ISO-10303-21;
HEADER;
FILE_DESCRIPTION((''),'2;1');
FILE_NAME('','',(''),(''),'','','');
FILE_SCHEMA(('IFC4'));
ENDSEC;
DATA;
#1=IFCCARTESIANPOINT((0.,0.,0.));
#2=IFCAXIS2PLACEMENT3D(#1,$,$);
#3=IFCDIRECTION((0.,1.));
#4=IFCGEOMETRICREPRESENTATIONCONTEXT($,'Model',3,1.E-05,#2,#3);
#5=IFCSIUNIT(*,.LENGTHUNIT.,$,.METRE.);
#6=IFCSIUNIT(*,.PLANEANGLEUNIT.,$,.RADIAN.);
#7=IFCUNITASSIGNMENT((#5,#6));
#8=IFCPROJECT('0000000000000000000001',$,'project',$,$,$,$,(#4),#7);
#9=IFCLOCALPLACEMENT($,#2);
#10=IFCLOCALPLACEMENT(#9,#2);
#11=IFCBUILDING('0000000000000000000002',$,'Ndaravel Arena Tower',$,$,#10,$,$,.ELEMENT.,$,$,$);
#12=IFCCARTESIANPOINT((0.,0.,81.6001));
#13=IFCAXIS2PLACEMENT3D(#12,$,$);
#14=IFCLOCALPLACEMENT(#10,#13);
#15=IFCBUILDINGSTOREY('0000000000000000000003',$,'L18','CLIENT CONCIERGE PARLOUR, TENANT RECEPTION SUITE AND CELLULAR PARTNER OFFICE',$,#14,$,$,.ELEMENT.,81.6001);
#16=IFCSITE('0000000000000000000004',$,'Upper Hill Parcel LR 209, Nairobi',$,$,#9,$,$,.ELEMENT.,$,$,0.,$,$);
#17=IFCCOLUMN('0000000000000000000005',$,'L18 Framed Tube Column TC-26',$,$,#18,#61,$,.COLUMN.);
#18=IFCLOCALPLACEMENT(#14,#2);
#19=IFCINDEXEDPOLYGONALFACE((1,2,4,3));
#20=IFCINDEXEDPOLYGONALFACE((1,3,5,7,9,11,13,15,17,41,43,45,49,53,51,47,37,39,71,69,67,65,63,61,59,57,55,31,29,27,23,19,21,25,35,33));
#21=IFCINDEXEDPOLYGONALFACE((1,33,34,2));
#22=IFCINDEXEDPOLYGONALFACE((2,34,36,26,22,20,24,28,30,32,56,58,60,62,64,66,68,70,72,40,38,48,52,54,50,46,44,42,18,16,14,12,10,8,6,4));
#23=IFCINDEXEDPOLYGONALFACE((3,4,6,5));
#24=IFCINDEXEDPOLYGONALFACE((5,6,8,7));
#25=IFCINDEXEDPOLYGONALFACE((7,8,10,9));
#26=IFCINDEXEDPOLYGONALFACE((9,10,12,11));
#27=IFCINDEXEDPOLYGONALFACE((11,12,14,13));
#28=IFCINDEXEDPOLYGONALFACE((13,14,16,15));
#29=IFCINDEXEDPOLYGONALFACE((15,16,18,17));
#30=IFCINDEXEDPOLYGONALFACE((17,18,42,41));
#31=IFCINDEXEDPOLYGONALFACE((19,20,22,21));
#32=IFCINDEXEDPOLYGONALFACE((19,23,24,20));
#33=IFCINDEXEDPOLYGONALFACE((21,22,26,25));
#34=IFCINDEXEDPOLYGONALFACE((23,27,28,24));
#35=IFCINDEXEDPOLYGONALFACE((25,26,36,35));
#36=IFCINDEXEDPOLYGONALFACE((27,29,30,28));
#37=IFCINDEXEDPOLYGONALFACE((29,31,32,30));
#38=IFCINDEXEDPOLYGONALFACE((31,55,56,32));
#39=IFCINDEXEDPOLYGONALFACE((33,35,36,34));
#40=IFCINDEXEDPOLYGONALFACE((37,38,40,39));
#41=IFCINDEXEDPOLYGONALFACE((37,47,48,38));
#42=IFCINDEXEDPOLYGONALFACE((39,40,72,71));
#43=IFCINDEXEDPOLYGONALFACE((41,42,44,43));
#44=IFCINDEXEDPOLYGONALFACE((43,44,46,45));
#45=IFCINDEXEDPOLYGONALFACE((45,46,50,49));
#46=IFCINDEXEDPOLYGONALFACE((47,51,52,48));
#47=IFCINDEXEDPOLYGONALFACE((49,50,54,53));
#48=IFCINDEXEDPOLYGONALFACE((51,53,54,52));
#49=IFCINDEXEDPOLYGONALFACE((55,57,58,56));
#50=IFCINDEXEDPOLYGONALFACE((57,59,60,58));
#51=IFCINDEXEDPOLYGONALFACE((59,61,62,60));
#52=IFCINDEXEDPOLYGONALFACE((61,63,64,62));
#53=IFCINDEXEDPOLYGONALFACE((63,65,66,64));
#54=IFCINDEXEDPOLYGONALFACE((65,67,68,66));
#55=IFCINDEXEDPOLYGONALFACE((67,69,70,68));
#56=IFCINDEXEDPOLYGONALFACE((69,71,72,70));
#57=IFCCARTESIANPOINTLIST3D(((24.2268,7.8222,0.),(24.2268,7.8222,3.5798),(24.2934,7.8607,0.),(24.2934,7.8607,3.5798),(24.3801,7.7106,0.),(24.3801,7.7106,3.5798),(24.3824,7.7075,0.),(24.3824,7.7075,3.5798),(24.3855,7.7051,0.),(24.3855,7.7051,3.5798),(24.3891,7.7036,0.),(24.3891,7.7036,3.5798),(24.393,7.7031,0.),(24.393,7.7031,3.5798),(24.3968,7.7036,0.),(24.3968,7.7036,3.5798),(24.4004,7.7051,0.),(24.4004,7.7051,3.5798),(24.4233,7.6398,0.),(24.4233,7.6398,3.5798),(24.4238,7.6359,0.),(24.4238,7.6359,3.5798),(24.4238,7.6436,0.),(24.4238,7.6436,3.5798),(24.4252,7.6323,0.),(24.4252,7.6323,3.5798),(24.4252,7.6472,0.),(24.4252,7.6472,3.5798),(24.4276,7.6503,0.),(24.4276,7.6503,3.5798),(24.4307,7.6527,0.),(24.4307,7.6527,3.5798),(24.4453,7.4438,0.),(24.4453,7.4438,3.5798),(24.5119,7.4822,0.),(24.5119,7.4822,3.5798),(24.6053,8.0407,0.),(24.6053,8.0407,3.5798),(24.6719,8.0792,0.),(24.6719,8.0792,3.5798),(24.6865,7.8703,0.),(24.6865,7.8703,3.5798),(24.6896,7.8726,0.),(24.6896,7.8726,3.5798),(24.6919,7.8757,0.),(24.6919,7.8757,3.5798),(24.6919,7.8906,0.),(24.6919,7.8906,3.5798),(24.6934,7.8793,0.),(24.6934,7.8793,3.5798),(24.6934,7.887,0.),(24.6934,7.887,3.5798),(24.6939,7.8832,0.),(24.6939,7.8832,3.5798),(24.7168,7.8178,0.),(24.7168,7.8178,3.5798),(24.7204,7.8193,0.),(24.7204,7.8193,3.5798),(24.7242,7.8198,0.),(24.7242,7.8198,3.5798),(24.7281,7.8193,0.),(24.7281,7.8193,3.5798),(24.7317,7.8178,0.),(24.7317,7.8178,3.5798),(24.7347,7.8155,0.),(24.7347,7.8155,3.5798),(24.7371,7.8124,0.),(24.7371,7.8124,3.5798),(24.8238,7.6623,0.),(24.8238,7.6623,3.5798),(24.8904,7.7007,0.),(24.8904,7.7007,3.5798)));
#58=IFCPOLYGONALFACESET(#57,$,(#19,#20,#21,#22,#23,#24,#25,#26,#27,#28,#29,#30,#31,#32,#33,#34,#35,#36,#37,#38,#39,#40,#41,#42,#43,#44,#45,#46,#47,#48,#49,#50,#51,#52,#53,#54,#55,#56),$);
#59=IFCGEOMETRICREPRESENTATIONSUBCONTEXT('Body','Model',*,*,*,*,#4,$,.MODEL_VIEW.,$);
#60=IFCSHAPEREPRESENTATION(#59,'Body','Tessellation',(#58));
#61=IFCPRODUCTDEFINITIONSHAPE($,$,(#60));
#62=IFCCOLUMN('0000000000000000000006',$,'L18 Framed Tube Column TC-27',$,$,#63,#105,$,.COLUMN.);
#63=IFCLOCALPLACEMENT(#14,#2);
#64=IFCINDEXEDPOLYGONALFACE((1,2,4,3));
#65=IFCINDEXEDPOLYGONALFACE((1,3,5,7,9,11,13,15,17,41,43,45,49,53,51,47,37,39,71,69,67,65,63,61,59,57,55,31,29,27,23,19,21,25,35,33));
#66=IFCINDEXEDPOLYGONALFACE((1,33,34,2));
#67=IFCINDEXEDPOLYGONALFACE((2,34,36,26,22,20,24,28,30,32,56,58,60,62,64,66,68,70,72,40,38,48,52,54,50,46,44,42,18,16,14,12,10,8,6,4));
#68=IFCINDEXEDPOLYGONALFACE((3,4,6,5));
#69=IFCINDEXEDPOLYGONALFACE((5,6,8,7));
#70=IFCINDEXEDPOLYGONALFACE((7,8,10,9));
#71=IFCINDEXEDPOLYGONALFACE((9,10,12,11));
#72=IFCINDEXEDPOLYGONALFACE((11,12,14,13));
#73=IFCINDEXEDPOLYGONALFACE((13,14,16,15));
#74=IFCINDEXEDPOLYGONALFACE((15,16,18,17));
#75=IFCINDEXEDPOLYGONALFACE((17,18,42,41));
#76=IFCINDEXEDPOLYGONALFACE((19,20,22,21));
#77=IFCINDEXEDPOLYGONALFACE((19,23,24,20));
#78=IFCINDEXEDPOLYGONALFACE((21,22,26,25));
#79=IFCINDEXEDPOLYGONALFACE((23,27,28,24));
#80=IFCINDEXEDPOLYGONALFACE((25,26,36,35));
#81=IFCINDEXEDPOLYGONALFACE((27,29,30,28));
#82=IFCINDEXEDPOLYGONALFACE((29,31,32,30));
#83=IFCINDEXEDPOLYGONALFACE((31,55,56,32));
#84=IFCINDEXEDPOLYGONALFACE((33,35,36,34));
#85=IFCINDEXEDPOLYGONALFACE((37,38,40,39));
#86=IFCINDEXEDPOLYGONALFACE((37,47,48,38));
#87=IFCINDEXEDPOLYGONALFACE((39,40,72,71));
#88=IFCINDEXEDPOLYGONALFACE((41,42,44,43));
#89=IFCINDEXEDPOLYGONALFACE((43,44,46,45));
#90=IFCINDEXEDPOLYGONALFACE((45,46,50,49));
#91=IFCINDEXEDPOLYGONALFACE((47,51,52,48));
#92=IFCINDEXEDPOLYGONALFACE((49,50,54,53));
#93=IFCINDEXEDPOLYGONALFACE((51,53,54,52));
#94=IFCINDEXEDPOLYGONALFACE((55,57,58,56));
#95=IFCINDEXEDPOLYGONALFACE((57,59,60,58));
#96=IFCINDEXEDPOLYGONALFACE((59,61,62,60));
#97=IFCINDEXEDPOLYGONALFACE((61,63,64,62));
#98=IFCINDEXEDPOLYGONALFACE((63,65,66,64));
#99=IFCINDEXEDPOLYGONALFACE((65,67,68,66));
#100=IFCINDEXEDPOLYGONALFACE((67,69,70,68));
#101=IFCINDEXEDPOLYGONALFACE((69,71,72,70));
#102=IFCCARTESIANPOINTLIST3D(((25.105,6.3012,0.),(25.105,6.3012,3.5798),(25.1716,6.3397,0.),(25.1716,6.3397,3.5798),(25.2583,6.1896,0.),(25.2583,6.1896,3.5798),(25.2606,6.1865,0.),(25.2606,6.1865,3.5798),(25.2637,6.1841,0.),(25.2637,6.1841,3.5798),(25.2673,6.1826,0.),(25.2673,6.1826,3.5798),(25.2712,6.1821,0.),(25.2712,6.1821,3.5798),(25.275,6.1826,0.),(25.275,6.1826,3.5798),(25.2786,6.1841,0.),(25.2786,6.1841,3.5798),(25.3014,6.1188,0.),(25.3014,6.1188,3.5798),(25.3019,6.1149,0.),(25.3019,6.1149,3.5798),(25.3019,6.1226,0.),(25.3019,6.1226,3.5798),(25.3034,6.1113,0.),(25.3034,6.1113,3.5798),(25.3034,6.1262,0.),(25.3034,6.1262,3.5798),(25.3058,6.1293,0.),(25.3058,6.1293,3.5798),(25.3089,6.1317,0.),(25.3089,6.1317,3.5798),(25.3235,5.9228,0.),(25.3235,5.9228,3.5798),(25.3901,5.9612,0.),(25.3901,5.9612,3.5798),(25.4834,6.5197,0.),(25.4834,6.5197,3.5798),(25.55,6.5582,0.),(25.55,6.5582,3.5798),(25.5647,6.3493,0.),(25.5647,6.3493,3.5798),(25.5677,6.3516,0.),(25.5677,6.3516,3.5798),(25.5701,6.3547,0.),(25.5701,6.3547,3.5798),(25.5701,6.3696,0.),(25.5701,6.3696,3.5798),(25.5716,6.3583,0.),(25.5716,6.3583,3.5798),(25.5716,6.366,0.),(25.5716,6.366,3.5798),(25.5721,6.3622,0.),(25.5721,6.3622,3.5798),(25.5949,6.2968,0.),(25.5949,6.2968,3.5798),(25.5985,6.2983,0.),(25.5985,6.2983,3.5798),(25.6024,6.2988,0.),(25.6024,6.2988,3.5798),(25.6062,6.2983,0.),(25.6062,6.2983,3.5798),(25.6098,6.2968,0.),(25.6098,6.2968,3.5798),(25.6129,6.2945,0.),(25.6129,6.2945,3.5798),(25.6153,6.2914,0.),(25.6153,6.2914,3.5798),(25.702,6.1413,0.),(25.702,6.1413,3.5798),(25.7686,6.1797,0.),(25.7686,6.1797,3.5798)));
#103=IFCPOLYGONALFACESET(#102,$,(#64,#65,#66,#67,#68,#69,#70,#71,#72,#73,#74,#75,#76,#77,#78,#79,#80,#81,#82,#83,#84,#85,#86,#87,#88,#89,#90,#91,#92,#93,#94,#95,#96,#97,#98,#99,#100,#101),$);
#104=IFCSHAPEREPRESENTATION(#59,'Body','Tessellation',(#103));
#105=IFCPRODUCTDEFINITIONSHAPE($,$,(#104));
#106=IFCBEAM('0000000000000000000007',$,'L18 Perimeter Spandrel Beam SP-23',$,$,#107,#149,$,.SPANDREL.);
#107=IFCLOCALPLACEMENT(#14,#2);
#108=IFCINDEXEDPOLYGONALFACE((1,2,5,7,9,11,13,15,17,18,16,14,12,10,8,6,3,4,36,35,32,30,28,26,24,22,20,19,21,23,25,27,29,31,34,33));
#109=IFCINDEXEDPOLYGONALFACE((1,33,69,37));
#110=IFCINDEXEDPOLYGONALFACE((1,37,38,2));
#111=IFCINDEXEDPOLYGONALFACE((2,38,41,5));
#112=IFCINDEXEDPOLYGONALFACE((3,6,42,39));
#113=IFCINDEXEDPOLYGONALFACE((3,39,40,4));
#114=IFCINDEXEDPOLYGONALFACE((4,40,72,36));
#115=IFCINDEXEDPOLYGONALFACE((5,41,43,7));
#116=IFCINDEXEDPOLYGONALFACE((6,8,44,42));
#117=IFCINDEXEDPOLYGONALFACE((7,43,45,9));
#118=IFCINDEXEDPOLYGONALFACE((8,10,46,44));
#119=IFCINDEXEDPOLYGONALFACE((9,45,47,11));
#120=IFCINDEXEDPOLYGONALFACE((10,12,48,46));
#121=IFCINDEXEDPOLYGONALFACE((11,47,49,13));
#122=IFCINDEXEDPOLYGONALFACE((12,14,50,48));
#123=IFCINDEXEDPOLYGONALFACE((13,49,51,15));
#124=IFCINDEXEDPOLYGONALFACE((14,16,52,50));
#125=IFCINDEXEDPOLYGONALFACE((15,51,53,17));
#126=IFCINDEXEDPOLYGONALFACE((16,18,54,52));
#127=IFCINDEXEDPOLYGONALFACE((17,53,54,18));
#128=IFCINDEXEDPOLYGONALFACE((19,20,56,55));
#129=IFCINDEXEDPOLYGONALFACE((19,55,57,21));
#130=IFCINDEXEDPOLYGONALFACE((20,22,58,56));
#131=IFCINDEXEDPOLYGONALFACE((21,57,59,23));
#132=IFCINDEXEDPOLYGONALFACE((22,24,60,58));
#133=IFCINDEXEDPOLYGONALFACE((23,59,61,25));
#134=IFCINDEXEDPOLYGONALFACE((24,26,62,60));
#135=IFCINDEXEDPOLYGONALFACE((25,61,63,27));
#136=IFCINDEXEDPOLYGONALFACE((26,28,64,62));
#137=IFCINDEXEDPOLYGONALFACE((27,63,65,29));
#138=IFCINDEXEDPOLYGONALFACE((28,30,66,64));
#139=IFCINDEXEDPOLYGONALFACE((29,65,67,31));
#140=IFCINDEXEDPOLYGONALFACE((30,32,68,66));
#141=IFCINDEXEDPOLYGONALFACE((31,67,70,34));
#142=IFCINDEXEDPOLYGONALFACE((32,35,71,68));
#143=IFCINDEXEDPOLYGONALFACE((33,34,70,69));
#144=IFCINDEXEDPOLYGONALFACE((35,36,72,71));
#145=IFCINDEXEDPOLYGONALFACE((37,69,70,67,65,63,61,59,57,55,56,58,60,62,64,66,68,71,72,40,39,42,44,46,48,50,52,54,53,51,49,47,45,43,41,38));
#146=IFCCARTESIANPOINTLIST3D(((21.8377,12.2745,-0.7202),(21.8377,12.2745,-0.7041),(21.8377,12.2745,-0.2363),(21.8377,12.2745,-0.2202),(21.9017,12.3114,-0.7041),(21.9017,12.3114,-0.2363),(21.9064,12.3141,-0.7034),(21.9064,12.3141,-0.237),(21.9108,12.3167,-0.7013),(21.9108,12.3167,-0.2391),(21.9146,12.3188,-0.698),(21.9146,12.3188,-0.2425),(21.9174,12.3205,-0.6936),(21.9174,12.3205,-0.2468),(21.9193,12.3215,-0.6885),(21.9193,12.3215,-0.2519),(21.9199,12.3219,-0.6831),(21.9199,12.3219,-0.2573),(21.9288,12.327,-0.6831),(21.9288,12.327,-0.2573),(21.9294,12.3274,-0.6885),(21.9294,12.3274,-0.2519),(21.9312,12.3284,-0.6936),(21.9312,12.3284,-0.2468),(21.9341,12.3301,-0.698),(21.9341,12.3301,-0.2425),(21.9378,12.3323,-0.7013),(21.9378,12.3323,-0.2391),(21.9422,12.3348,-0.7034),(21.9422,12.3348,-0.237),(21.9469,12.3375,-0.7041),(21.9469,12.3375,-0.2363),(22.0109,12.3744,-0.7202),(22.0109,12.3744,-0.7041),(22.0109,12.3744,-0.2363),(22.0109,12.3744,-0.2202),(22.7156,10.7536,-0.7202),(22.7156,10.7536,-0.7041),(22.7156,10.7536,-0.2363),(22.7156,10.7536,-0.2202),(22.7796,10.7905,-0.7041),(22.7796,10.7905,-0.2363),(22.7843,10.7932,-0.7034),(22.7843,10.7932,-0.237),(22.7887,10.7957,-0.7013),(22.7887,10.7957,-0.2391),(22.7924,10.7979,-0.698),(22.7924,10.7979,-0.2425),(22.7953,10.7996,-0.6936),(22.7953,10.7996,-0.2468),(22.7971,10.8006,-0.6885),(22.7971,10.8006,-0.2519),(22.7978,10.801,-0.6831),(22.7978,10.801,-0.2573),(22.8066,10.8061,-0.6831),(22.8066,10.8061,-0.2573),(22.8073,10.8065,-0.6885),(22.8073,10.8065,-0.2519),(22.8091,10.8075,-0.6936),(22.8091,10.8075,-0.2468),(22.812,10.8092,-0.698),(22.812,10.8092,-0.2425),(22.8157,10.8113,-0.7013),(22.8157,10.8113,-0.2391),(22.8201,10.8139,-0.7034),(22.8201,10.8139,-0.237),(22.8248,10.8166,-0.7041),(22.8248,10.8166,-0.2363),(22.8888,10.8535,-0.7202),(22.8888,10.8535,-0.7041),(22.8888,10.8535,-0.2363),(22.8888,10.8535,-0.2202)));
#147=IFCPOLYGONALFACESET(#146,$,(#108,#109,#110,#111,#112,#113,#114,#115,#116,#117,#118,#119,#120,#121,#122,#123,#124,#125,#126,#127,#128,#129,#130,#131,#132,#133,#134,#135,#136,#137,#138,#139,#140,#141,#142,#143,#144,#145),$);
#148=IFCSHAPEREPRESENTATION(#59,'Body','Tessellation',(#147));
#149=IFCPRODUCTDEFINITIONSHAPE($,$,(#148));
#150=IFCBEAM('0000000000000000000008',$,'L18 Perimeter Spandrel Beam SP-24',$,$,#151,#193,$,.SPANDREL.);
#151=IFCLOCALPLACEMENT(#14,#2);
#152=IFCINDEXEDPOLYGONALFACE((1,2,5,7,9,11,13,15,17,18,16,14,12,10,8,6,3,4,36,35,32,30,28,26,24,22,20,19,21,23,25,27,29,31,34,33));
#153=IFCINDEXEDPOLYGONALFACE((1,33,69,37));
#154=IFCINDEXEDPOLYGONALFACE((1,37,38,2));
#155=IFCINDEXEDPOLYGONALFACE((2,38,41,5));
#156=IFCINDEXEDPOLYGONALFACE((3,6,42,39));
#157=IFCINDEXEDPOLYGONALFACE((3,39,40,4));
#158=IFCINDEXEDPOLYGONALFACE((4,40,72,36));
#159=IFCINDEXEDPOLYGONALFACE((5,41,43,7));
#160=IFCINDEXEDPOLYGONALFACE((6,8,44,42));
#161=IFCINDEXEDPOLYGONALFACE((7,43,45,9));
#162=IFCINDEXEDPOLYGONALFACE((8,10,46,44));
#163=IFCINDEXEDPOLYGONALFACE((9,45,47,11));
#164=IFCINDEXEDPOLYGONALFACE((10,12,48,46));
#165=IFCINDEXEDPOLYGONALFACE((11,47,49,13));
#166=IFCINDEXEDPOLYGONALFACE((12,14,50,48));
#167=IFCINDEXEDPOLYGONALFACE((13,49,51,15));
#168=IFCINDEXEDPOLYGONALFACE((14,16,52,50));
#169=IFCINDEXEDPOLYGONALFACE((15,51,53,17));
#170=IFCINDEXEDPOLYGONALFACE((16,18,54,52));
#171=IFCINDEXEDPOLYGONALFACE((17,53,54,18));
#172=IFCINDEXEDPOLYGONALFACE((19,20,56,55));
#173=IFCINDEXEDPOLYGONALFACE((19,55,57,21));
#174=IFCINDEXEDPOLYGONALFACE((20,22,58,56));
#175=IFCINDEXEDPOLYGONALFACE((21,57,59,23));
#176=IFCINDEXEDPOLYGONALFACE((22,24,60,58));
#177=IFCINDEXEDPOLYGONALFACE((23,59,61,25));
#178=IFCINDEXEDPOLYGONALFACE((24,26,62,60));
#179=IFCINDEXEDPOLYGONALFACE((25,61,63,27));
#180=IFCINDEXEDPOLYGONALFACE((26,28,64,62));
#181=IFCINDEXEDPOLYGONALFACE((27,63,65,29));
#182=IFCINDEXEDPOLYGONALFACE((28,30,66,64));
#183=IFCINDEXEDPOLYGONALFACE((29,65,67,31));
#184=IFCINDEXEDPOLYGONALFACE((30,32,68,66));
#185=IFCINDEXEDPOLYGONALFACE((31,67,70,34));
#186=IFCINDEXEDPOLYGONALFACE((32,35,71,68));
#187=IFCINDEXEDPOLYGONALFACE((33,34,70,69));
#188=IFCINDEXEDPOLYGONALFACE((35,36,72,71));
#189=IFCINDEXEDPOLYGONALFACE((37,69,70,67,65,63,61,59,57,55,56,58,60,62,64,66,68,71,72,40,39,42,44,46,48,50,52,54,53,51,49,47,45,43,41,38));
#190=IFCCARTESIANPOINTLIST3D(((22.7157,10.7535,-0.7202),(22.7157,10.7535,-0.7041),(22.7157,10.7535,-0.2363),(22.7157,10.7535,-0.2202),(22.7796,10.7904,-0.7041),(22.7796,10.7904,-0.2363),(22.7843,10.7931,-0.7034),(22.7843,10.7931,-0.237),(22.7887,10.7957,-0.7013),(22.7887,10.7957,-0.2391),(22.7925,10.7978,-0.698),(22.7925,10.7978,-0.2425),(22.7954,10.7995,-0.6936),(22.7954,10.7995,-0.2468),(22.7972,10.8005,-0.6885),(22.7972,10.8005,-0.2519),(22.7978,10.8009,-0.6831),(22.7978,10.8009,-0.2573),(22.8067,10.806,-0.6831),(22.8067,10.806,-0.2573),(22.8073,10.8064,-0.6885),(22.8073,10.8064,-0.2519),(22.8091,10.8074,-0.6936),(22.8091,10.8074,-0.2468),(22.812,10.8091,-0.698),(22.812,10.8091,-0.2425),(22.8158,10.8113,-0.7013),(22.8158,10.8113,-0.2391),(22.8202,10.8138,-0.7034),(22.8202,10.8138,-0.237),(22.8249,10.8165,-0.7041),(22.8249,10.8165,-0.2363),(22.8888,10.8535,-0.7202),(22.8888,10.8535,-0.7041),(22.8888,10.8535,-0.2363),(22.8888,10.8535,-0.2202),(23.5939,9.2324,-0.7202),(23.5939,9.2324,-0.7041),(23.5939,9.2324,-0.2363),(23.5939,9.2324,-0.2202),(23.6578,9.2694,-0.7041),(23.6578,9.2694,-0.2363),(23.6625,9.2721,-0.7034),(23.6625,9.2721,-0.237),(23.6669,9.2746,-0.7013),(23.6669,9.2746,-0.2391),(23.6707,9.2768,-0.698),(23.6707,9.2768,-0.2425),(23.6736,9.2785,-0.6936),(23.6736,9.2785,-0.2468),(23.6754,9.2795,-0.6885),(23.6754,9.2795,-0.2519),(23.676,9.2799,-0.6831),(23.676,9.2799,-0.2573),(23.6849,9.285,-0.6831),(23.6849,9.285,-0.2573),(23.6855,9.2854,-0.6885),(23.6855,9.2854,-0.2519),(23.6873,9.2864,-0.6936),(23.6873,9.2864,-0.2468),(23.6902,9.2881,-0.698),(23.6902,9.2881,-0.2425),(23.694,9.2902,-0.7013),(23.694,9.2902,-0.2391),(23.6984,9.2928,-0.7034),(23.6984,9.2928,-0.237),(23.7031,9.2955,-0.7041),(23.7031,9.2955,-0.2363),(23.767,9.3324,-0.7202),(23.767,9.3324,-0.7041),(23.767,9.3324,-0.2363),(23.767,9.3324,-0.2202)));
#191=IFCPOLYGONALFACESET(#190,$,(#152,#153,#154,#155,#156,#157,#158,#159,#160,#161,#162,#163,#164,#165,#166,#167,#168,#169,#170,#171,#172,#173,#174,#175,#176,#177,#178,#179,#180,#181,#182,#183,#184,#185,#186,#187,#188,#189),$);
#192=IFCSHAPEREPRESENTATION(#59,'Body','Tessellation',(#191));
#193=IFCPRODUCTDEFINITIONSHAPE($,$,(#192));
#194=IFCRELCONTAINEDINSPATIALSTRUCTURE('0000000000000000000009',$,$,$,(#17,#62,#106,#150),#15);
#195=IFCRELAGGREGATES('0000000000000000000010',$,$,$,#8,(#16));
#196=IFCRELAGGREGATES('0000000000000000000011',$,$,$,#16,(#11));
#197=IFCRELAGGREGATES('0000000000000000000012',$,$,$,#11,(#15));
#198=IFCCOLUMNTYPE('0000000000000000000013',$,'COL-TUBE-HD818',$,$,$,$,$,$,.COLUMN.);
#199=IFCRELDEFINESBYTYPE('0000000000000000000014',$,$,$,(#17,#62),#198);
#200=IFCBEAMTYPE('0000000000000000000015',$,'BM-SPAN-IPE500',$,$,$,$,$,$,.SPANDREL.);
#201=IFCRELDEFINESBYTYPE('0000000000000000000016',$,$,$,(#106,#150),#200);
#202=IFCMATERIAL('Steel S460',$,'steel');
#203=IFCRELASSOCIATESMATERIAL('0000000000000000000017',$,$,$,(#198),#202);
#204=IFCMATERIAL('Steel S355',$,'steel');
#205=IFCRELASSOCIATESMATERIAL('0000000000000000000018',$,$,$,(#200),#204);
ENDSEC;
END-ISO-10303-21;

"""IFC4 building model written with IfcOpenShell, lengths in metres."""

from ifc_helpers import new_model, si_unit, direction, frame, origin, origin_2d, place, context, subcontext, project, spatial, i_section, extrude, material, material_profile, profile_set, type_object, element, save


model = new_model("IFC4")

# Units and contexts
model_context = context("Model", 3, precision=1e-05, world=origin(), true_north=direction((0.0, 1.0)))
body_context = subcontext(model_context, "Body", "Model", "MODEL_VIEW")
ifc_project = project(units=[si_unit("LENGTHUNIT", "METRE"), si_unit("PLANEANGLEUNIT", "RADIAN")], contexts=[model_context])

# Site, building, storey
site_placement = place(None, origin())
site = spatial("IfcSite", under=ifc_project, at=site_placement, Name="Upper Hill Parcel LR 209, Nairobi", CompositionType="ELEMENT", RefElevation=0.0)
building_placement = place(site_placement, origin())
building = spatial("IfcBuilding", under=site, at=building_placement, Name="Ndaravel Arena Tower", CompositionType="ELEMENT")
storey_placement = place(building_placement, frame((0.0, 0.0, 81.6001)))
storey = spatial("IfcBuildingStorey", under=building, at=storey_placement, Name="L18", Description="CLIENT CONCIERGE PARLOUR, TENANT RECEPTION SUITE AND CELLULAR PARTNER OFFICE", CompositionType="ELEMENT", Elevation=81.6001)

# Columns
ifc_material_1 = material(Name="Steel S460", Category="steel")
ifc_material_profile_1 = material_profile(ifc_material_1, i_section(OverallWidth=0.437, OverallDepth=0.5139, WebThickness=0.0605, FlangeThickness=0.0769, FilletRadius=0.0149, at=origin_2d()), Name="HD 400x818")
ifc_profile_set_1 = profile_set([ifc_material_profile_1], Name="Steel S460")
column_type = type_object("IfcColumnType", Name="COL-TUBE-HD818", PredefinedType="COLUMN", material=ifc_profile_set_1)
for number, where, z_axis, x_axis, name in (
    (1, (24.5586, 7.7615, 0.0), (0.0, 0.0, 1.0), (-0.5, 0.866025, 0.0), "L18 Framed Tube Column TC-26"),
    (2, (25.4368, 6.2405, 0.0), (0.0, 0.0, 1.0), (-0.5, 0.866025, 0.0), "L18 Framed Tube Column TC-27"),
):
    element("IfcColumn", number, at=place(storey_placement, frame(where, z_axis=z_axis, x_axis=x_axis)), inside=storey, type_object=column_type, Name=name, PredefinedType="COLUMN", context=body_context, shape_type="SweptSolid", body=[
        extrude(i_section(OverallWidth=0.437, OverallDepth=0.5139, WebThickness=0.0605, FlangeThickness=0.0769, FilletRadius=0.0149, at=origin_2d()), origin(), (0.0, 0.0, 1.0), 3.5798),
    ])

# Beams
ifc_material_2 = material(Name="Steel S355", Category="steel")
ifc_material_profile_2 = material_profile(ifc_material_2, i_section(OverallWidth=0.2, OverallDepth=0.5, WebThickness=0.0103, FlangeThickness=0.0161, FilletRadius=0.021, at=origin_2d()), Name="IPE 500")
ifc_profile_set_2 = profile_set([ifc_material_profile_2], Name="Steel S355")
beam_type = type_object("IfcBeamType", Name="BM-SPAN-IPE500", PredefinedType="SPANDREL", material=ifc_profile_set_2)
beam_1_placement = place(storey_placement, frame((21.9243, 12.3245, -0.4702), z_axis=(0.499907, -0.866079, 0.0), x_axis=(0.866079, 0.499907, 0.0)))
element("IfcBeam", 3, at=beam_1_placement, inside=storey, type_object=beam_type, Name="L18 Perimeter Spandrel Beam SP-23", PredefinedType="SPANDREL", context=body_context, shape_type="SweptSolid", body=[
    extrude(i_section(OverallWidth=0.2, OverallDepth=0.5, WebThickness=0.0103, FlangeThickness=0.0161, FilletRadius=0.021, at=origin_2d()), origin(), (0.0, 0.0, 1.0), 1.7561),
])
for number, where, z_axis, x_axis, name in (
    (4, (22.8022, 10.8035, -0.4702), (0.500011, -0.866019, 0.0), (0.866019, 0.500011, 0.0), "L18 Perimeter Spandrel Beam SP-24"),
):
    element("IfcBeam", number, at=place(storey_placement, frame(where, z_axis=z_axis, x_axis=x_axis)), inside=storey, type_object=beam_type, Name=name, PredefinedType="SPANDREL", context=body_context, shape_type="SweptSolid", body=[
        extrude(i_section(OverallWidth=0.2, OverallDepth=0.5, WebThickness=0.0103, FlangeThickness=0.0161, FilletRadius=0.021, at=origin_2d()), origin(), (0.0, 0.0, 1.0), 1.7563),
    ])

save(model, "model.ifc")
